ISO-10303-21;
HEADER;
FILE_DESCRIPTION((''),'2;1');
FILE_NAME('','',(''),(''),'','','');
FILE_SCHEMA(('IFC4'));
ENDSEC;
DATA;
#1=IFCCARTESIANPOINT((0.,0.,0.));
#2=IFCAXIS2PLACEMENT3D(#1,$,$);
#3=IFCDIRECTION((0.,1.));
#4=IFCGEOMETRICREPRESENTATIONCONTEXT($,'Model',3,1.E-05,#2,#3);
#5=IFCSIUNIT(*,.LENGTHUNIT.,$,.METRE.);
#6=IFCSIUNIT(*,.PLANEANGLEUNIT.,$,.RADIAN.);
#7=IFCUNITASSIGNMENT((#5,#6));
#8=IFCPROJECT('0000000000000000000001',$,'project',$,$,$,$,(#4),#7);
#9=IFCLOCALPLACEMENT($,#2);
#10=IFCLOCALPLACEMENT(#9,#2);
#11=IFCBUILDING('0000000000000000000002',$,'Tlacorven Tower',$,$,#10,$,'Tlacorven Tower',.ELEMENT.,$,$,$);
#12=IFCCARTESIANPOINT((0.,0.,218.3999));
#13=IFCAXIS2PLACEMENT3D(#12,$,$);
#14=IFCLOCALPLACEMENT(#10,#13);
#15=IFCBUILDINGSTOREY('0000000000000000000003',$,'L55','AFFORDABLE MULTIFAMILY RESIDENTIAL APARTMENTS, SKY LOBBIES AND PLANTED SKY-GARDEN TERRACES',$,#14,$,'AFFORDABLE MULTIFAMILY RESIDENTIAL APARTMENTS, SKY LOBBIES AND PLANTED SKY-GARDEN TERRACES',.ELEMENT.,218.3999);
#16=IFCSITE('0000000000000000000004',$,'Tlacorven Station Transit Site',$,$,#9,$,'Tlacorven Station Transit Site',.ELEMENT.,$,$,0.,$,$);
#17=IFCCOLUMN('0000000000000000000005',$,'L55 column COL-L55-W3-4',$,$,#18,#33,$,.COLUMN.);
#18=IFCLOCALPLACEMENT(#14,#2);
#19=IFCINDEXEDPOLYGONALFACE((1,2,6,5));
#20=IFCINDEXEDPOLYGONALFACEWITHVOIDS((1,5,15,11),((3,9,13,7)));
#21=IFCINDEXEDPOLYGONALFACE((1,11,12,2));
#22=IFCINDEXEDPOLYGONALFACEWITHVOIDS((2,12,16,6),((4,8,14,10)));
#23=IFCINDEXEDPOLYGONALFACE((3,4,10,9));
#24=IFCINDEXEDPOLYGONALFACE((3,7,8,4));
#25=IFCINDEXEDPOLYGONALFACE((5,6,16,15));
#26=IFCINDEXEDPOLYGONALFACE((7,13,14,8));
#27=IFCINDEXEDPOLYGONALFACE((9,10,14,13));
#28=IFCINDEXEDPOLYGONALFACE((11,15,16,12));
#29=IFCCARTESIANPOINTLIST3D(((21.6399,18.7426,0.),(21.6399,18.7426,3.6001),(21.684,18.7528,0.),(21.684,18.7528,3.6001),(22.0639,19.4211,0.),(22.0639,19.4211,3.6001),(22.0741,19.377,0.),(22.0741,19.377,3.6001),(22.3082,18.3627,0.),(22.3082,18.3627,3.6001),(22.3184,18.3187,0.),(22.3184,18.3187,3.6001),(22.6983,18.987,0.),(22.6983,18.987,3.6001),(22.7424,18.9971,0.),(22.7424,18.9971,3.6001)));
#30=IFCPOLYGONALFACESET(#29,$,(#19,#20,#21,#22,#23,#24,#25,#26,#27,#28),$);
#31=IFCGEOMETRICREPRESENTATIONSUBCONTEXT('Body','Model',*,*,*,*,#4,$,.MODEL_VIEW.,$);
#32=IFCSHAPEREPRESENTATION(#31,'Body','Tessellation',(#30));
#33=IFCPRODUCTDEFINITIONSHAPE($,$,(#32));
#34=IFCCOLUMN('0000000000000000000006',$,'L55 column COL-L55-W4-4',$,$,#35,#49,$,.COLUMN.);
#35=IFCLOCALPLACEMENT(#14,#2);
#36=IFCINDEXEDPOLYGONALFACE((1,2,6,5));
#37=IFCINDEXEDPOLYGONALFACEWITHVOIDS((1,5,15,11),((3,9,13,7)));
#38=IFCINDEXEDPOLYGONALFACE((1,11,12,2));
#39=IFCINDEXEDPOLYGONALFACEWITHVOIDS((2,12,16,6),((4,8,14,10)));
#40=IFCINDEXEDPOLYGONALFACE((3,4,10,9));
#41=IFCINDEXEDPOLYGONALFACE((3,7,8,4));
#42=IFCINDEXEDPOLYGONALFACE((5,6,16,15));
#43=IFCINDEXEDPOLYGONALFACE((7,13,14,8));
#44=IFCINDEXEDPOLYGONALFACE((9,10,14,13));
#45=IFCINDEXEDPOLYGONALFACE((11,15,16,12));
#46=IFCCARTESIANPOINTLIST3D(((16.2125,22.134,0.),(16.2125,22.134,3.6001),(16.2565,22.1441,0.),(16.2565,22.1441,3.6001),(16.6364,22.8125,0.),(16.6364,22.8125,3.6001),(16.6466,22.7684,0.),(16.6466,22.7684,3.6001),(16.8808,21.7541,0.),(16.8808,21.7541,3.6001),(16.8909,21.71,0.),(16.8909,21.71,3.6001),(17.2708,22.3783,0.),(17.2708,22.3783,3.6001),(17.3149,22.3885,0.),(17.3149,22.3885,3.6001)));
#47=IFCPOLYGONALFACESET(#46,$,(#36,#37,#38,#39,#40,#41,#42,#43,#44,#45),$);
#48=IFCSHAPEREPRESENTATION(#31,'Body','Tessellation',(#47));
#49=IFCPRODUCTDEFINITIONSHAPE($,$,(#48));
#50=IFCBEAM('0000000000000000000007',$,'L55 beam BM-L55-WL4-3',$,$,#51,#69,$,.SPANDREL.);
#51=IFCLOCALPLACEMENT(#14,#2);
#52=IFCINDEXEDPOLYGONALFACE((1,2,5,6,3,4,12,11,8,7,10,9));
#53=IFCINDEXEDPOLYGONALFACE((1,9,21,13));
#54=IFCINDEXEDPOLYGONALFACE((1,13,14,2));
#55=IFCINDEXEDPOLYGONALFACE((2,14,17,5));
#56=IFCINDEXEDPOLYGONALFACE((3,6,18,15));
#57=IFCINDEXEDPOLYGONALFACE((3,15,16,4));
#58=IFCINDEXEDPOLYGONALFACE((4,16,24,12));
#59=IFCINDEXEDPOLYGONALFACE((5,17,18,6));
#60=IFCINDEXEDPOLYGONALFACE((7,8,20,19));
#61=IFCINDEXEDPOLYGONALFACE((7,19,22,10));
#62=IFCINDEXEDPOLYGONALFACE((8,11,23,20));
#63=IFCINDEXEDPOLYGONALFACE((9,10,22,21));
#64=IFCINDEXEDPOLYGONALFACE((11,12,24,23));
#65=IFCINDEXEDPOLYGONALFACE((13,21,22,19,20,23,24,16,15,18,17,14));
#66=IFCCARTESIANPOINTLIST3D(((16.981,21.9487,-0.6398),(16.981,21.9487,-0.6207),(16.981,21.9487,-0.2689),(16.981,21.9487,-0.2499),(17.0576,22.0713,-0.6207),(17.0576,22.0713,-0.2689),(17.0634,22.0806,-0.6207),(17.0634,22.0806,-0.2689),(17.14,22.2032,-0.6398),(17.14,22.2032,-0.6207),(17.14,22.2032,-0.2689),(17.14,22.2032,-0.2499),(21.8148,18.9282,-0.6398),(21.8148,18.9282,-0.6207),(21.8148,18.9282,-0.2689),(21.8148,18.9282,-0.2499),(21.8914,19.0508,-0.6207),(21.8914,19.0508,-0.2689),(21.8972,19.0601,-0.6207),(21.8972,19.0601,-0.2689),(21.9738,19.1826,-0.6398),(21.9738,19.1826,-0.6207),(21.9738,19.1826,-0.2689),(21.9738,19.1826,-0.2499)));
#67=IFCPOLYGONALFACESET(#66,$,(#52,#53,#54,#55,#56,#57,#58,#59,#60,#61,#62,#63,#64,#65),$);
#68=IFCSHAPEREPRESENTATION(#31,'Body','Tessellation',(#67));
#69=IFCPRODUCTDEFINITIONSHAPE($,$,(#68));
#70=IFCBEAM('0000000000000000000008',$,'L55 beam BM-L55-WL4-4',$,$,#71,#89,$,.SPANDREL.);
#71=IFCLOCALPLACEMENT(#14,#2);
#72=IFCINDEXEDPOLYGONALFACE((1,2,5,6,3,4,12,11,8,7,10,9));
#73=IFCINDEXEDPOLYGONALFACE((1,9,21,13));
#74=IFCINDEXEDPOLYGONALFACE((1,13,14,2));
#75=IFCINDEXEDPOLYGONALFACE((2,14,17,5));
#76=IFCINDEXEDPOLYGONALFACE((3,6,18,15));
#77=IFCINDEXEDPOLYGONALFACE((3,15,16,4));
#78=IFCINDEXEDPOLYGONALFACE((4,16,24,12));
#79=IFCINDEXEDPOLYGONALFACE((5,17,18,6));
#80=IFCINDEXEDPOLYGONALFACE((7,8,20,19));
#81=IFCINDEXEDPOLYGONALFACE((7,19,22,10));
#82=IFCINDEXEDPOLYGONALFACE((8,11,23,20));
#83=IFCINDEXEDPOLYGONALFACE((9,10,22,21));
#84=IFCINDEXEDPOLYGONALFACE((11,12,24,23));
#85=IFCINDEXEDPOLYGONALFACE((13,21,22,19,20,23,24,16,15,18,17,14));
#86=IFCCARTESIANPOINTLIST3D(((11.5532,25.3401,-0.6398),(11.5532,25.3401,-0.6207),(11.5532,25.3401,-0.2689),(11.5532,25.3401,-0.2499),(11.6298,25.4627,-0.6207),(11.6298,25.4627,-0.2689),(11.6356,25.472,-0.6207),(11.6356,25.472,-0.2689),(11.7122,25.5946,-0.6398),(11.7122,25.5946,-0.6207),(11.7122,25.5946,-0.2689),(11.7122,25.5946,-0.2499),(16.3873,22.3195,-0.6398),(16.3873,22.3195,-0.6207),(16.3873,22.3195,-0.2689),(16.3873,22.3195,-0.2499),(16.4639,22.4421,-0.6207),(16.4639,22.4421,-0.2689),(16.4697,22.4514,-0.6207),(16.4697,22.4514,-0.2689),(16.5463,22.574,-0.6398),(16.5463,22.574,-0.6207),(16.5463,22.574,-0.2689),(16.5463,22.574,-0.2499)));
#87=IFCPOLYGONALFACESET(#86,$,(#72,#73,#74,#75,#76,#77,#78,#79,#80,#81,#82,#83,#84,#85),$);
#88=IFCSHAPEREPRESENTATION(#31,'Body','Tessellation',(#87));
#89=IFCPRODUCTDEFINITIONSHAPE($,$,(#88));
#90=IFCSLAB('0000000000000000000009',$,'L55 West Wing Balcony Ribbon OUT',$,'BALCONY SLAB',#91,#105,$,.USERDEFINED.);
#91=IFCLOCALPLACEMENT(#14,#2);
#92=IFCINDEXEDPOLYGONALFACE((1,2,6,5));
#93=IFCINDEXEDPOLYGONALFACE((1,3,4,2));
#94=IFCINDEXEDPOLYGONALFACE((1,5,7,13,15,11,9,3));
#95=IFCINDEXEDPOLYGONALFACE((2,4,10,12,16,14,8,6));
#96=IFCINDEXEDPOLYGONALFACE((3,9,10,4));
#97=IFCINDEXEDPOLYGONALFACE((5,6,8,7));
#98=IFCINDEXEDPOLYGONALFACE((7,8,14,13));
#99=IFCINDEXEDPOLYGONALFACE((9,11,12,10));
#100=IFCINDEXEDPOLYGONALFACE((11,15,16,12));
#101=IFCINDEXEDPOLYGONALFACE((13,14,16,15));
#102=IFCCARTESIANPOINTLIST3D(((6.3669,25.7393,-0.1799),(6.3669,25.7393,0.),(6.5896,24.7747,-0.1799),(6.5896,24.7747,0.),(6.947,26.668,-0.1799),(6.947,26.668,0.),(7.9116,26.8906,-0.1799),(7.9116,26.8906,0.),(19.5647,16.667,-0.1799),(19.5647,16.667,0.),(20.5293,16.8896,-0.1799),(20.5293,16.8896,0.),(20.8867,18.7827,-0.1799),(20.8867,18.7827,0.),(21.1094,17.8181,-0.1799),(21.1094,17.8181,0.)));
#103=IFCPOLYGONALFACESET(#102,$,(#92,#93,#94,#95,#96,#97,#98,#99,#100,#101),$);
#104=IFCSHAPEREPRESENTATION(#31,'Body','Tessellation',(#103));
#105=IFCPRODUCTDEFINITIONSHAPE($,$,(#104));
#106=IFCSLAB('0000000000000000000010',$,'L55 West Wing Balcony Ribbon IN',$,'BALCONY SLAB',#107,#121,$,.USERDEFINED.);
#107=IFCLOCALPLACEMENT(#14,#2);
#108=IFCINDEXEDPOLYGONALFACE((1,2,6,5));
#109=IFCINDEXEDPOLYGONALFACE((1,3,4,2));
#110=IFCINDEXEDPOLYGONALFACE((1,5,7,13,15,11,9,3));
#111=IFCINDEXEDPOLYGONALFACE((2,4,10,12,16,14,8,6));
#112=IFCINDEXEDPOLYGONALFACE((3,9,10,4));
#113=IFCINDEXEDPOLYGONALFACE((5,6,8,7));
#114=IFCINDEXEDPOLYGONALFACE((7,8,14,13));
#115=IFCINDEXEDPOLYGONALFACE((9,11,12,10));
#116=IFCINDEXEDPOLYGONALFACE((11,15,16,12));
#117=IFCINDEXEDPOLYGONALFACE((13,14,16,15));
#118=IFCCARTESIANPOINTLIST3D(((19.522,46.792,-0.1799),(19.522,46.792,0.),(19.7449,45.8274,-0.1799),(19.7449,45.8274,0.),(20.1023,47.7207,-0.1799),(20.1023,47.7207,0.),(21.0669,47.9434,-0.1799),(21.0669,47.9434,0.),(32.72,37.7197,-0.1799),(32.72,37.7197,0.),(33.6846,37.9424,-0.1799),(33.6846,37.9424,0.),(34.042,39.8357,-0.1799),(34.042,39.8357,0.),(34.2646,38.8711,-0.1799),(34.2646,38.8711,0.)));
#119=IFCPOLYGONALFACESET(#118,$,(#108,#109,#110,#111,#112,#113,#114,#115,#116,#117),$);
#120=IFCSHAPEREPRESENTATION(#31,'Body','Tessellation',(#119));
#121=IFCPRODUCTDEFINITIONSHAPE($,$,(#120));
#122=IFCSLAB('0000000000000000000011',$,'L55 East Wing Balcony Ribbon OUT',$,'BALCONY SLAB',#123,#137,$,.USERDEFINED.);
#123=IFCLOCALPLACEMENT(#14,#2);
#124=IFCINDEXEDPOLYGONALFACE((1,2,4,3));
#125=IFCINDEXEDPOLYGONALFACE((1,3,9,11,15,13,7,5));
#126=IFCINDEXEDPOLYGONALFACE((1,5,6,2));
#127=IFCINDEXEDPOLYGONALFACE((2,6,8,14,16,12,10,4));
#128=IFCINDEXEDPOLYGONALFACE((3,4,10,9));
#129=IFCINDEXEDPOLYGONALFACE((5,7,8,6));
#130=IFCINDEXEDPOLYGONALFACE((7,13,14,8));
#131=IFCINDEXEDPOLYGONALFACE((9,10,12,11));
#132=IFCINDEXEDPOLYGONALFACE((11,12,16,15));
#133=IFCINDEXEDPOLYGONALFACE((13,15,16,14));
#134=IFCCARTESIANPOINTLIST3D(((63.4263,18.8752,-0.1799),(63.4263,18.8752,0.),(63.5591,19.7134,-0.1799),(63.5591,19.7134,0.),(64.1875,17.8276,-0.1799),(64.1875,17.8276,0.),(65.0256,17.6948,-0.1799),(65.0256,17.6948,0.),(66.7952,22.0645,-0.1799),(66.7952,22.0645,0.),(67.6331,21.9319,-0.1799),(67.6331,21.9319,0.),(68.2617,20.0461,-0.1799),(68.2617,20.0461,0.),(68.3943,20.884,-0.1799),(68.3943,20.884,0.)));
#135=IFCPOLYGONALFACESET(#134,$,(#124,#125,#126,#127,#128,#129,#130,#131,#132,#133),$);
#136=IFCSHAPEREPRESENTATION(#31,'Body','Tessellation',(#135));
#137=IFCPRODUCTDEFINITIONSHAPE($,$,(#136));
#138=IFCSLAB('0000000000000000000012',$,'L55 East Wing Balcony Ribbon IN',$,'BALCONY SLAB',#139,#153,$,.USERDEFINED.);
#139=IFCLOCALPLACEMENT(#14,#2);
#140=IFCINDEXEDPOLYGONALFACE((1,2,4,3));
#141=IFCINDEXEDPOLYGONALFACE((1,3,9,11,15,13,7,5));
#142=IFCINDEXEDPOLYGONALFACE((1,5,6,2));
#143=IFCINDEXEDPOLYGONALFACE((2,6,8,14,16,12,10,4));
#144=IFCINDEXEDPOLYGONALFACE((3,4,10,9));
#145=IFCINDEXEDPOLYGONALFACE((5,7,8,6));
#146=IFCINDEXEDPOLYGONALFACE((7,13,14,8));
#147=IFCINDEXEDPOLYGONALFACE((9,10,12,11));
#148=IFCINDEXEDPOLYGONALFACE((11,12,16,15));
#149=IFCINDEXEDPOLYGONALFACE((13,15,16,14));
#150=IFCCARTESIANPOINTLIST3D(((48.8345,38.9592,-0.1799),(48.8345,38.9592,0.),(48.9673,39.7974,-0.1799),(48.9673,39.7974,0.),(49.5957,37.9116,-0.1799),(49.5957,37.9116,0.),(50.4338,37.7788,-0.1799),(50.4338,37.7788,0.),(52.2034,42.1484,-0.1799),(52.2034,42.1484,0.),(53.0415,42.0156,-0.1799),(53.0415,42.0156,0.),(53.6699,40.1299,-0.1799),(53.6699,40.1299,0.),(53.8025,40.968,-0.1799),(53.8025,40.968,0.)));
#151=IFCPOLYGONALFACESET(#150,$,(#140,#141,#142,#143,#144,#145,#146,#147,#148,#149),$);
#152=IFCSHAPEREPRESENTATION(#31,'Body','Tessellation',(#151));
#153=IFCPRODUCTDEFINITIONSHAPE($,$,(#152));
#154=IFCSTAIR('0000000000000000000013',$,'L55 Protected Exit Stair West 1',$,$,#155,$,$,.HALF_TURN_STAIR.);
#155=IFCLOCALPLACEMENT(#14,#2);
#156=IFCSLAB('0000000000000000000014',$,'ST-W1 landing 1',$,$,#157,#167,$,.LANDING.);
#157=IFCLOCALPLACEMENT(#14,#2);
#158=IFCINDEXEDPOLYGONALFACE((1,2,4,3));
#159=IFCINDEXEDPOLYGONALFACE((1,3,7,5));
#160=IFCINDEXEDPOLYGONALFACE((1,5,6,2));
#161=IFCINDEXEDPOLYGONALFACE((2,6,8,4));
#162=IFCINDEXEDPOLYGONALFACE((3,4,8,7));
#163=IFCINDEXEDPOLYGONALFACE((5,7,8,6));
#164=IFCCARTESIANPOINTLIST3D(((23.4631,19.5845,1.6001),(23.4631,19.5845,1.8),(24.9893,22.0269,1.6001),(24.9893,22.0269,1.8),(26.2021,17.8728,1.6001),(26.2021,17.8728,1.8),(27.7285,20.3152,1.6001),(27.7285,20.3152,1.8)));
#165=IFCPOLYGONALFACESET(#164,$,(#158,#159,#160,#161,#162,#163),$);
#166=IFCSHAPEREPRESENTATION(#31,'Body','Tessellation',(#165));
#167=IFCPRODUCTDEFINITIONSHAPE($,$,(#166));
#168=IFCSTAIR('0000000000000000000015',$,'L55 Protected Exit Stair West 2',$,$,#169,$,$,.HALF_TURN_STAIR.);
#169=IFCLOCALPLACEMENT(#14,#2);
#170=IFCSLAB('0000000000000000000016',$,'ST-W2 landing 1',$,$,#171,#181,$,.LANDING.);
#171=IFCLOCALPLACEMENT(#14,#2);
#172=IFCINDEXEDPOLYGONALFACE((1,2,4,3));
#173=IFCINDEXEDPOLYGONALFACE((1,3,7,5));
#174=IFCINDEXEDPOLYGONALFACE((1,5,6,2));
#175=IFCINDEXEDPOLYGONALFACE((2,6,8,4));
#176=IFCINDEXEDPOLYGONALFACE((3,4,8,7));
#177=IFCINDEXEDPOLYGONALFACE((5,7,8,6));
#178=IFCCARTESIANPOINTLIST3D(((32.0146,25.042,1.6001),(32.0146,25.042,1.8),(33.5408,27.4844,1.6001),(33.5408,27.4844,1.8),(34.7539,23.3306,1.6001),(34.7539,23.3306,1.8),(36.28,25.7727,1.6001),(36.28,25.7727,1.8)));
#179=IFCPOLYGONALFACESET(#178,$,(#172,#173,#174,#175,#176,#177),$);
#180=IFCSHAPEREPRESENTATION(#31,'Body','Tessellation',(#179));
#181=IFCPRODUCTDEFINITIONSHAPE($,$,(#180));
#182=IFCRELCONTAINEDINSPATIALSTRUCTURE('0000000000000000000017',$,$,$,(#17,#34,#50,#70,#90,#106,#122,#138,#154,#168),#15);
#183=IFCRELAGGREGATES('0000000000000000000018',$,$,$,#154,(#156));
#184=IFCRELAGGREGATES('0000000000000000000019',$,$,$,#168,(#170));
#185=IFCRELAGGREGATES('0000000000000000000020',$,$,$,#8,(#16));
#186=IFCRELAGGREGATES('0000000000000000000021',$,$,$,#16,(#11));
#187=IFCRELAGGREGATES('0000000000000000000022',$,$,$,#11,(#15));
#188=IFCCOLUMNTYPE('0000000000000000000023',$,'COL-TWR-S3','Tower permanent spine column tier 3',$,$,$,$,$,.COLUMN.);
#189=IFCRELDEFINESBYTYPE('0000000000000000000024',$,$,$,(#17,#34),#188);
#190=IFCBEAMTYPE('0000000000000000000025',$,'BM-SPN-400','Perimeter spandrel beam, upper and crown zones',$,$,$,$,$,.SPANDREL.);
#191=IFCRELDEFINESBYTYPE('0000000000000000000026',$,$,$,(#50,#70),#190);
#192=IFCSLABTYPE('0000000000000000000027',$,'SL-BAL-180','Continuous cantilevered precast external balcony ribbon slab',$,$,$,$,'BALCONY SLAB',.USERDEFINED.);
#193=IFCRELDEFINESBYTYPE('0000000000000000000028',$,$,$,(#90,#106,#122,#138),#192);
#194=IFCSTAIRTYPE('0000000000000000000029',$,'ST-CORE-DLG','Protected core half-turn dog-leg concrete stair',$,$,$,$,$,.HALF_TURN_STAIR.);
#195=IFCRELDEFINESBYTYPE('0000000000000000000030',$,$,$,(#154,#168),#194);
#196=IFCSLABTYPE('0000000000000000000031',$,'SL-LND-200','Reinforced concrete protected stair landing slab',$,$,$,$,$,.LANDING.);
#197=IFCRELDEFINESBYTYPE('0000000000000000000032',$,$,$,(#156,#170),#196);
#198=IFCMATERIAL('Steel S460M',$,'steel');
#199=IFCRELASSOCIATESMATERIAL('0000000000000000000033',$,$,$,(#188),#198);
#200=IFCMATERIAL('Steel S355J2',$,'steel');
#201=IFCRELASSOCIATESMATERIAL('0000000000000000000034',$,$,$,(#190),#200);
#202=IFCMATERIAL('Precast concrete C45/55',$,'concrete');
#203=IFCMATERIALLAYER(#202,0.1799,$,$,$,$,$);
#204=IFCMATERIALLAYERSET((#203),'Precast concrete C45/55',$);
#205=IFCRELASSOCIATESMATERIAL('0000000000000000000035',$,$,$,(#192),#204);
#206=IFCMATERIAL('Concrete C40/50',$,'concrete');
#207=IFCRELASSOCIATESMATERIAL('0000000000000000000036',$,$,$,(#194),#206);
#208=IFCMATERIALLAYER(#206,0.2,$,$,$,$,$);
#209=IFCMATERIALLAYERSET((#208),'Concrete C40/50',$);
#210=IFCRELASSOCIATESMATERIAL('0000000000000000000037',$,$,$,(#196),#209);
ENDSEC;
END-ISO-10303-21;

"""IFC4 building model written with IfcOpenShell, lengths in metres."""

from ifc_helpers import new_model, si_unit, direction, frame, origin, origin_2d, place, context, subcontext, project, spatial, polyline, hollow_rectangle, i_section, outline, extrude, source, transform, mapped, material, layer, layer_set, material_profile, profile_set, type_object, element, aggregate, save


model = new_model("IFC4")

# Units and contexts
model_context = context("Model", 3, precision=1e-05, world=origin(), true_north=direction((0.0, 1.0)))
body_context = subcontext(model_context, "Body", "Model", "MODEL_VIEW")
ifc_project = project(units=[si_unit("LENGTHUNIT", "METRE"), si_unit("PLANEANGLEUNIT", "RADIAN")], contexts=[model_context])

# Site, building, storey
site_placement = place(None, origin())
site = spatial("IfcSite", under=ifc_project, at=site_placement, Name="Tlacorven Station Transit Site", LongName="Tlacorven Station Transit Site", CompositionType="ELEMENT", RefElevation=0.0)
building_placement = place(site_placement, origin())
building = spatial("IfcBuilding", under=site, at=building_placement, Name="Tlacorven Tower", LongName="Tlacorven Tower", CompositionType="ELEMENT")
storey_placement = place(building_placement, frame((0.0, 0.0, 218.3999)))
storey = spatial("IfcBuildingStorey", under=building, at=storey_placement, Name="L55", Description="AFFORDABLE MULTIFAMILY RESIDENTIAL APARTMENTS, SKY LOBBIES AND PLANTED SKY-GARDEN TERRACES", LongName="AFFORDABLE MULTIFAMILY RESIDENTIAL APARTMENTS, SKY LOBBIES AND PLANTED SKY-GARDEN TERRACES", CompositionType="ELEMENT", Elevation=218.3999)

# Columns
ifc_material_1 = material(Name="Steel S460M", Category="steel")
ifc_material_profile_1 = material_profile(ifc_material_1, hollow_rectangle(XDim=0.8, YDim=0.8, WallThickness=0.032, at=origin_2d()), Name="BOX 800X800X32")
ifc_profile_set_1 = profile_set([ifc_material_profile_1], Name="Steel S460M")
column_type = type_object("IfcColumnType", Name="COL-TWR-S3", Description="Tower permanent spine column tier 3", PredefinedType="COLUMN", material=ifc_profile_set_1)
shared_shape_1 = source(origin(), body_context, "Body", "SweptSolid", [
    extrude(hollow_rectangle(XDim=0.8, YDim=0.8, WallThickness=0.032, at=origin_2d()), origin(), (0.0, 0.0, 1.0), 3.6001),
])
for number, where, z_axis, x_axis, name in (
    (1, (22.1912, 18.8699, 0.0), (0.0, 0.0, 1.0), (-0.848048, 0.529919, 0.0), "L55 column COL-L55-W3-4"),
    (2, (16.7637, 22.2612, 0.0), (0.0, 0.0, 1.0), (-0.848048, 0.529919, 0.0), "L55 column COL-L55-W4-4"),
):
    element("IfcColumn", number, at=place(storey_placement, frame(where, z_axis=z_axis, x_axis=x_axis)), inside=storey, type_object=column_type, Name=name, PredefinedType="COLUMN", context=body_context, shape_type="MappedRepresentation", body=[
        mapped(shared_shape_1, transform((0.0, 0.0, 0.0), scale=1.0)),
    ])

# Beams
ifc_material_2 = material(Name="Steel S355J2", Category="steel")
ifc_material_profile_2 = material_profile(ifc_material_2, i_section(OverallWidth=0.3, OverallDepth=0.3899, WebThickness=0.011, FlangeThickness=0.019, at=origin_2d()), Name="HEA 400")
ifc_profile_set_2 = profile_set([ifc_material_profile_2], Name="Steel S355J2")
beam_type = type_object("IfcBeamType", Name="BM-SPN-400", Description="Perimeter spandrel beam, upper and crown zones", PredefinedType="SPANDREL", material=ifc_profile_set_2)
shared_shape_2 = source(origin(), body_context, "Body", "SweptSolid", [
    extrude(i_section(OverallWidth=0.3, OverallDepth=0.3899, WebThickness=0.011, FlangeThickness=0.019, at=origin_2d()), origin(), (0.0, 0.0, 1.0), 5.7),
])
beam_1_placement = place(storey_placement, frame((21.8943, 19.0554, -0.4448), z_axis=(-0.848044, 0.529926, 0.0), x_axis=(-0.529926, -0.848044, 0.0)))
element("IfcBeam", 3, at=beam_1_placement, inside=storey, type_object=beam_type, Name="L55 beam BM-L55-WL4-3", PredefinedType="SPANDREL", context=body_context, shape_type="MappedRepresentation", body=[
    mapped(shared_shape_2, transform((0.0, 0.0, 0.0), scale=1.0)),
])
shared_shape_3 = source(origin(), body_context, "Body", "SweptSolid", [
    extrude(i_section(OverallWidth=0.3, OverallDepth=0.3899, WebThickness=0.011, FlangeThickness=0.019, at=origin_2d()), origin(), (0.0, 0.0, 1.0), 5.7002),
])
beam_2_placement = place(storey_placement, frame((16.4668, 22.4468, -0.4448), z_axis=(-0.848056, 0.529907, 0.0), x_axis=(-0.529907, -0.848056, 0.0)))
element("IfcBeam", 4, at=beam_2_placement, inside=storey, type_object=beam_type, Name="L55 beam BM-L55-WL4-4", PredefinedType="SPANDREL", context=body_context, shape_type="MappedRepresentation", body=[
    mapped(shared_shape_3, transform((0.0, 0.0, 0.0), scale=1.0)),
])

# Slabs
ifc_material_3 = material(Name="Precast concrete C45/55", Category="concrete")
ifc_layer_1 = layer(ifc_material_3, 0.1799)
ifc_layer_set_1 = layer_set([ifc_layer_1], Name="Precast concrete C45/55")
slab_type_1 = type_object("IfcSlabType", Name="SL-BAL-180", Description="Continuous cantilevered precast external balcony ribbon slab", ElementType="BALCONY SLAB", PredefinedType="USERDEFINED", material=ifc_layer_set_1)
slab_1_placement = place(storey_placement, frame((0.0, 0.0, -0.1799)))
element("IfcSlab", 5, at=slab_1_placement, inside=storey, type_object=slab_type_1, Name="L55 West Wing Balcony Ribbon OUT", ObjectType="BALCONY SLAB", PredefinedType="USERDEFINED", context=body_context, shape_type="SweptSolid", body=[
    extrude(outline(polyline([(20.8867, 18.7827), (7.9116, 26.8906), (6.947, 26.668), (6.3669, 25.7393), (6.5896, 24.7747), (19.5647, 16.667), (20.5293, 16.8896), (21.1094, 17.8181), (20.8867, 18.7827)])), origin(), (0.0, 0.0, 1.0), 0.1799),
])
slab_2_placement = place(storey_placement, frame((0.0, 0.0, -0.1799)))
element("IfcSlab", 6, at=slab_2_placement, inside=storey, type_object=slab_type_1, Name="L55 West Wing Balcony Ribbon IN", ObjectType="BALCONY SLAB", PredefinedType="USERDEFINED", context=body_context, shape_type="SweptSolid", body=[
    extrude(outline(polyline([(34.042, 39.8357), (21.0669, 47.9434), (20.1023, 47.7207), (19.522, 46.792), (19.7449, 45.8274), (32.72, 37.7197), (33.6846, 37.9424), (34.2646, 38.8711), (34.042, 39.8357)])), origin(), (0.0, 0.0, 1.0), 0.1799),
])
slab_3_placement = place(storey_placement, frame((0.0, 0.0, -0.1799)))
element("IfcSlab", 7, at=slab_3_placement, inside=storey, type_object=slab_type_1, Name="L55 East Wing Balcony Ribbon OUT", ObjectType="BALCONY SLAB", PredefinedType="USERDEFINED", context=body_context, shape_type="SweptSolid", body=[
    extrude(outline(polyline([(65.0256, 17.6948), (68.2617, 20.0461), (68.3943, 20.884), (67.6331, 21.9319), (66.7952, 22.0645), (63.5591, 19.7134), (63.4263, 18.8752), (64.1875, 17.8276), (65.0256, 17.6948)])), origin(), (0.0, 0.0, 1.0), 0.1799),
])
slab_4_placement = place(storey_placement, frame((0.0, 0.0, -0.1799)))
element("IfcSlab", 8, at=slab_4_placement, inside=storey, type_object=slab_type_1, Name="L55 East Wing Balcony Ribbon IN", ObjectType="BALCONY SLAB", PredefinedType="USERDEFINED", context=body_context, shape_type="SweptSolid", body=[
    extrude(outline(polyline([(50.4338, 37.7788), (53.6699, 40.1299), (53.8025, 40.968), (53.0415, 42.0156), (52.2034, 42.1484), (48.9673, 39.7974), (48.8345, 38.9592), (49.5957, 37.9116), (50.4338, 37.7788)])), origin(), (0.0, 0.0, 1.0), 0.1799),
])

# Stairs, slabs
ifc_material_4 = material(Name="Concrete C40/50", Category="concrete")
stair_type = type_object("IfcStairType", Name="ST-CORE-DLG", Description="Protected core half-turn dog-leg concrete stair", PredefinedType="HALF_TURN_STAIR", material=ifc_material_4)
stair_1_placement = place(storey_placement, origin())
stair_1 = element("IfcStair", 9, at=stair_1_placement, inside=storey, type_object=stair_type, Name="L55 Protected Exit Stair West 1", PredefinedType="HALF_TURN_STAIR")
ifc_layer_2 = layer(ifc_material_4, 0.2)
ifc_layer_set_2 = layer_set([ifc_layer_2], Name="Concrete C40/50")
slab_type_2 = type_object("IfcSlabType", Name="SL-LND-200", Description="Reinforced concrete protected stair landing slab", PredefinedType="LANDING", material=ifc_layer_set_2)
slab_5_placement = place(storey_placement, frame((0.0, 0.0, 1.6001)))
slab_5 = element("IfcSlab", 10, at=slab_5_placement, type_object=slab_type_2, Name="ST-W1 landing 1", PredefinedType="LANDING", context=body_context, shape_type="SweptSolid", body=[
    extrude(outline(polyline([(27.7285, 20.3152), (24.9893, 22.0269), (23.4631, 19.5845), (26.2021, 17.8728), (27.7285, 20.3152)])), origin(), (0.0, 0.0, 1.0), 0.2),
])
aggregate(stair_1, [slab_5])
stair_2_placement = place(storey_placement, origin())
stair_2 = element("IfcStair", 11, at=stair_2_placement, inside=storey, type_object=stair_type, Name="L55 Protected Exit Stair West 2", PredefinedType="HALF_TURN_STAIR")
slab_6_placement = place(storey_placement, frame((0.0, 0.0, 1.6001)))
slab_6 = element("IfcSlab", 12, at=slab_6_placement, type_object=slab_type_2, Name="ST-W2 landing 1", PredefinedType="LANDING", context=body_context, shape_type="SweptSolid", body=[
    extrude(outline(polyline([(36.28, 25.7727), (33.5408, 27.4844), (32.0146, 25.042), (34.7539, 23.3306), (36.28, 25.7727)])), origin(), (0.0, 0.0, 1.0), 0.2),
])
aggregate(stair_2, [slab_6])

save(model, "model.ifc")
